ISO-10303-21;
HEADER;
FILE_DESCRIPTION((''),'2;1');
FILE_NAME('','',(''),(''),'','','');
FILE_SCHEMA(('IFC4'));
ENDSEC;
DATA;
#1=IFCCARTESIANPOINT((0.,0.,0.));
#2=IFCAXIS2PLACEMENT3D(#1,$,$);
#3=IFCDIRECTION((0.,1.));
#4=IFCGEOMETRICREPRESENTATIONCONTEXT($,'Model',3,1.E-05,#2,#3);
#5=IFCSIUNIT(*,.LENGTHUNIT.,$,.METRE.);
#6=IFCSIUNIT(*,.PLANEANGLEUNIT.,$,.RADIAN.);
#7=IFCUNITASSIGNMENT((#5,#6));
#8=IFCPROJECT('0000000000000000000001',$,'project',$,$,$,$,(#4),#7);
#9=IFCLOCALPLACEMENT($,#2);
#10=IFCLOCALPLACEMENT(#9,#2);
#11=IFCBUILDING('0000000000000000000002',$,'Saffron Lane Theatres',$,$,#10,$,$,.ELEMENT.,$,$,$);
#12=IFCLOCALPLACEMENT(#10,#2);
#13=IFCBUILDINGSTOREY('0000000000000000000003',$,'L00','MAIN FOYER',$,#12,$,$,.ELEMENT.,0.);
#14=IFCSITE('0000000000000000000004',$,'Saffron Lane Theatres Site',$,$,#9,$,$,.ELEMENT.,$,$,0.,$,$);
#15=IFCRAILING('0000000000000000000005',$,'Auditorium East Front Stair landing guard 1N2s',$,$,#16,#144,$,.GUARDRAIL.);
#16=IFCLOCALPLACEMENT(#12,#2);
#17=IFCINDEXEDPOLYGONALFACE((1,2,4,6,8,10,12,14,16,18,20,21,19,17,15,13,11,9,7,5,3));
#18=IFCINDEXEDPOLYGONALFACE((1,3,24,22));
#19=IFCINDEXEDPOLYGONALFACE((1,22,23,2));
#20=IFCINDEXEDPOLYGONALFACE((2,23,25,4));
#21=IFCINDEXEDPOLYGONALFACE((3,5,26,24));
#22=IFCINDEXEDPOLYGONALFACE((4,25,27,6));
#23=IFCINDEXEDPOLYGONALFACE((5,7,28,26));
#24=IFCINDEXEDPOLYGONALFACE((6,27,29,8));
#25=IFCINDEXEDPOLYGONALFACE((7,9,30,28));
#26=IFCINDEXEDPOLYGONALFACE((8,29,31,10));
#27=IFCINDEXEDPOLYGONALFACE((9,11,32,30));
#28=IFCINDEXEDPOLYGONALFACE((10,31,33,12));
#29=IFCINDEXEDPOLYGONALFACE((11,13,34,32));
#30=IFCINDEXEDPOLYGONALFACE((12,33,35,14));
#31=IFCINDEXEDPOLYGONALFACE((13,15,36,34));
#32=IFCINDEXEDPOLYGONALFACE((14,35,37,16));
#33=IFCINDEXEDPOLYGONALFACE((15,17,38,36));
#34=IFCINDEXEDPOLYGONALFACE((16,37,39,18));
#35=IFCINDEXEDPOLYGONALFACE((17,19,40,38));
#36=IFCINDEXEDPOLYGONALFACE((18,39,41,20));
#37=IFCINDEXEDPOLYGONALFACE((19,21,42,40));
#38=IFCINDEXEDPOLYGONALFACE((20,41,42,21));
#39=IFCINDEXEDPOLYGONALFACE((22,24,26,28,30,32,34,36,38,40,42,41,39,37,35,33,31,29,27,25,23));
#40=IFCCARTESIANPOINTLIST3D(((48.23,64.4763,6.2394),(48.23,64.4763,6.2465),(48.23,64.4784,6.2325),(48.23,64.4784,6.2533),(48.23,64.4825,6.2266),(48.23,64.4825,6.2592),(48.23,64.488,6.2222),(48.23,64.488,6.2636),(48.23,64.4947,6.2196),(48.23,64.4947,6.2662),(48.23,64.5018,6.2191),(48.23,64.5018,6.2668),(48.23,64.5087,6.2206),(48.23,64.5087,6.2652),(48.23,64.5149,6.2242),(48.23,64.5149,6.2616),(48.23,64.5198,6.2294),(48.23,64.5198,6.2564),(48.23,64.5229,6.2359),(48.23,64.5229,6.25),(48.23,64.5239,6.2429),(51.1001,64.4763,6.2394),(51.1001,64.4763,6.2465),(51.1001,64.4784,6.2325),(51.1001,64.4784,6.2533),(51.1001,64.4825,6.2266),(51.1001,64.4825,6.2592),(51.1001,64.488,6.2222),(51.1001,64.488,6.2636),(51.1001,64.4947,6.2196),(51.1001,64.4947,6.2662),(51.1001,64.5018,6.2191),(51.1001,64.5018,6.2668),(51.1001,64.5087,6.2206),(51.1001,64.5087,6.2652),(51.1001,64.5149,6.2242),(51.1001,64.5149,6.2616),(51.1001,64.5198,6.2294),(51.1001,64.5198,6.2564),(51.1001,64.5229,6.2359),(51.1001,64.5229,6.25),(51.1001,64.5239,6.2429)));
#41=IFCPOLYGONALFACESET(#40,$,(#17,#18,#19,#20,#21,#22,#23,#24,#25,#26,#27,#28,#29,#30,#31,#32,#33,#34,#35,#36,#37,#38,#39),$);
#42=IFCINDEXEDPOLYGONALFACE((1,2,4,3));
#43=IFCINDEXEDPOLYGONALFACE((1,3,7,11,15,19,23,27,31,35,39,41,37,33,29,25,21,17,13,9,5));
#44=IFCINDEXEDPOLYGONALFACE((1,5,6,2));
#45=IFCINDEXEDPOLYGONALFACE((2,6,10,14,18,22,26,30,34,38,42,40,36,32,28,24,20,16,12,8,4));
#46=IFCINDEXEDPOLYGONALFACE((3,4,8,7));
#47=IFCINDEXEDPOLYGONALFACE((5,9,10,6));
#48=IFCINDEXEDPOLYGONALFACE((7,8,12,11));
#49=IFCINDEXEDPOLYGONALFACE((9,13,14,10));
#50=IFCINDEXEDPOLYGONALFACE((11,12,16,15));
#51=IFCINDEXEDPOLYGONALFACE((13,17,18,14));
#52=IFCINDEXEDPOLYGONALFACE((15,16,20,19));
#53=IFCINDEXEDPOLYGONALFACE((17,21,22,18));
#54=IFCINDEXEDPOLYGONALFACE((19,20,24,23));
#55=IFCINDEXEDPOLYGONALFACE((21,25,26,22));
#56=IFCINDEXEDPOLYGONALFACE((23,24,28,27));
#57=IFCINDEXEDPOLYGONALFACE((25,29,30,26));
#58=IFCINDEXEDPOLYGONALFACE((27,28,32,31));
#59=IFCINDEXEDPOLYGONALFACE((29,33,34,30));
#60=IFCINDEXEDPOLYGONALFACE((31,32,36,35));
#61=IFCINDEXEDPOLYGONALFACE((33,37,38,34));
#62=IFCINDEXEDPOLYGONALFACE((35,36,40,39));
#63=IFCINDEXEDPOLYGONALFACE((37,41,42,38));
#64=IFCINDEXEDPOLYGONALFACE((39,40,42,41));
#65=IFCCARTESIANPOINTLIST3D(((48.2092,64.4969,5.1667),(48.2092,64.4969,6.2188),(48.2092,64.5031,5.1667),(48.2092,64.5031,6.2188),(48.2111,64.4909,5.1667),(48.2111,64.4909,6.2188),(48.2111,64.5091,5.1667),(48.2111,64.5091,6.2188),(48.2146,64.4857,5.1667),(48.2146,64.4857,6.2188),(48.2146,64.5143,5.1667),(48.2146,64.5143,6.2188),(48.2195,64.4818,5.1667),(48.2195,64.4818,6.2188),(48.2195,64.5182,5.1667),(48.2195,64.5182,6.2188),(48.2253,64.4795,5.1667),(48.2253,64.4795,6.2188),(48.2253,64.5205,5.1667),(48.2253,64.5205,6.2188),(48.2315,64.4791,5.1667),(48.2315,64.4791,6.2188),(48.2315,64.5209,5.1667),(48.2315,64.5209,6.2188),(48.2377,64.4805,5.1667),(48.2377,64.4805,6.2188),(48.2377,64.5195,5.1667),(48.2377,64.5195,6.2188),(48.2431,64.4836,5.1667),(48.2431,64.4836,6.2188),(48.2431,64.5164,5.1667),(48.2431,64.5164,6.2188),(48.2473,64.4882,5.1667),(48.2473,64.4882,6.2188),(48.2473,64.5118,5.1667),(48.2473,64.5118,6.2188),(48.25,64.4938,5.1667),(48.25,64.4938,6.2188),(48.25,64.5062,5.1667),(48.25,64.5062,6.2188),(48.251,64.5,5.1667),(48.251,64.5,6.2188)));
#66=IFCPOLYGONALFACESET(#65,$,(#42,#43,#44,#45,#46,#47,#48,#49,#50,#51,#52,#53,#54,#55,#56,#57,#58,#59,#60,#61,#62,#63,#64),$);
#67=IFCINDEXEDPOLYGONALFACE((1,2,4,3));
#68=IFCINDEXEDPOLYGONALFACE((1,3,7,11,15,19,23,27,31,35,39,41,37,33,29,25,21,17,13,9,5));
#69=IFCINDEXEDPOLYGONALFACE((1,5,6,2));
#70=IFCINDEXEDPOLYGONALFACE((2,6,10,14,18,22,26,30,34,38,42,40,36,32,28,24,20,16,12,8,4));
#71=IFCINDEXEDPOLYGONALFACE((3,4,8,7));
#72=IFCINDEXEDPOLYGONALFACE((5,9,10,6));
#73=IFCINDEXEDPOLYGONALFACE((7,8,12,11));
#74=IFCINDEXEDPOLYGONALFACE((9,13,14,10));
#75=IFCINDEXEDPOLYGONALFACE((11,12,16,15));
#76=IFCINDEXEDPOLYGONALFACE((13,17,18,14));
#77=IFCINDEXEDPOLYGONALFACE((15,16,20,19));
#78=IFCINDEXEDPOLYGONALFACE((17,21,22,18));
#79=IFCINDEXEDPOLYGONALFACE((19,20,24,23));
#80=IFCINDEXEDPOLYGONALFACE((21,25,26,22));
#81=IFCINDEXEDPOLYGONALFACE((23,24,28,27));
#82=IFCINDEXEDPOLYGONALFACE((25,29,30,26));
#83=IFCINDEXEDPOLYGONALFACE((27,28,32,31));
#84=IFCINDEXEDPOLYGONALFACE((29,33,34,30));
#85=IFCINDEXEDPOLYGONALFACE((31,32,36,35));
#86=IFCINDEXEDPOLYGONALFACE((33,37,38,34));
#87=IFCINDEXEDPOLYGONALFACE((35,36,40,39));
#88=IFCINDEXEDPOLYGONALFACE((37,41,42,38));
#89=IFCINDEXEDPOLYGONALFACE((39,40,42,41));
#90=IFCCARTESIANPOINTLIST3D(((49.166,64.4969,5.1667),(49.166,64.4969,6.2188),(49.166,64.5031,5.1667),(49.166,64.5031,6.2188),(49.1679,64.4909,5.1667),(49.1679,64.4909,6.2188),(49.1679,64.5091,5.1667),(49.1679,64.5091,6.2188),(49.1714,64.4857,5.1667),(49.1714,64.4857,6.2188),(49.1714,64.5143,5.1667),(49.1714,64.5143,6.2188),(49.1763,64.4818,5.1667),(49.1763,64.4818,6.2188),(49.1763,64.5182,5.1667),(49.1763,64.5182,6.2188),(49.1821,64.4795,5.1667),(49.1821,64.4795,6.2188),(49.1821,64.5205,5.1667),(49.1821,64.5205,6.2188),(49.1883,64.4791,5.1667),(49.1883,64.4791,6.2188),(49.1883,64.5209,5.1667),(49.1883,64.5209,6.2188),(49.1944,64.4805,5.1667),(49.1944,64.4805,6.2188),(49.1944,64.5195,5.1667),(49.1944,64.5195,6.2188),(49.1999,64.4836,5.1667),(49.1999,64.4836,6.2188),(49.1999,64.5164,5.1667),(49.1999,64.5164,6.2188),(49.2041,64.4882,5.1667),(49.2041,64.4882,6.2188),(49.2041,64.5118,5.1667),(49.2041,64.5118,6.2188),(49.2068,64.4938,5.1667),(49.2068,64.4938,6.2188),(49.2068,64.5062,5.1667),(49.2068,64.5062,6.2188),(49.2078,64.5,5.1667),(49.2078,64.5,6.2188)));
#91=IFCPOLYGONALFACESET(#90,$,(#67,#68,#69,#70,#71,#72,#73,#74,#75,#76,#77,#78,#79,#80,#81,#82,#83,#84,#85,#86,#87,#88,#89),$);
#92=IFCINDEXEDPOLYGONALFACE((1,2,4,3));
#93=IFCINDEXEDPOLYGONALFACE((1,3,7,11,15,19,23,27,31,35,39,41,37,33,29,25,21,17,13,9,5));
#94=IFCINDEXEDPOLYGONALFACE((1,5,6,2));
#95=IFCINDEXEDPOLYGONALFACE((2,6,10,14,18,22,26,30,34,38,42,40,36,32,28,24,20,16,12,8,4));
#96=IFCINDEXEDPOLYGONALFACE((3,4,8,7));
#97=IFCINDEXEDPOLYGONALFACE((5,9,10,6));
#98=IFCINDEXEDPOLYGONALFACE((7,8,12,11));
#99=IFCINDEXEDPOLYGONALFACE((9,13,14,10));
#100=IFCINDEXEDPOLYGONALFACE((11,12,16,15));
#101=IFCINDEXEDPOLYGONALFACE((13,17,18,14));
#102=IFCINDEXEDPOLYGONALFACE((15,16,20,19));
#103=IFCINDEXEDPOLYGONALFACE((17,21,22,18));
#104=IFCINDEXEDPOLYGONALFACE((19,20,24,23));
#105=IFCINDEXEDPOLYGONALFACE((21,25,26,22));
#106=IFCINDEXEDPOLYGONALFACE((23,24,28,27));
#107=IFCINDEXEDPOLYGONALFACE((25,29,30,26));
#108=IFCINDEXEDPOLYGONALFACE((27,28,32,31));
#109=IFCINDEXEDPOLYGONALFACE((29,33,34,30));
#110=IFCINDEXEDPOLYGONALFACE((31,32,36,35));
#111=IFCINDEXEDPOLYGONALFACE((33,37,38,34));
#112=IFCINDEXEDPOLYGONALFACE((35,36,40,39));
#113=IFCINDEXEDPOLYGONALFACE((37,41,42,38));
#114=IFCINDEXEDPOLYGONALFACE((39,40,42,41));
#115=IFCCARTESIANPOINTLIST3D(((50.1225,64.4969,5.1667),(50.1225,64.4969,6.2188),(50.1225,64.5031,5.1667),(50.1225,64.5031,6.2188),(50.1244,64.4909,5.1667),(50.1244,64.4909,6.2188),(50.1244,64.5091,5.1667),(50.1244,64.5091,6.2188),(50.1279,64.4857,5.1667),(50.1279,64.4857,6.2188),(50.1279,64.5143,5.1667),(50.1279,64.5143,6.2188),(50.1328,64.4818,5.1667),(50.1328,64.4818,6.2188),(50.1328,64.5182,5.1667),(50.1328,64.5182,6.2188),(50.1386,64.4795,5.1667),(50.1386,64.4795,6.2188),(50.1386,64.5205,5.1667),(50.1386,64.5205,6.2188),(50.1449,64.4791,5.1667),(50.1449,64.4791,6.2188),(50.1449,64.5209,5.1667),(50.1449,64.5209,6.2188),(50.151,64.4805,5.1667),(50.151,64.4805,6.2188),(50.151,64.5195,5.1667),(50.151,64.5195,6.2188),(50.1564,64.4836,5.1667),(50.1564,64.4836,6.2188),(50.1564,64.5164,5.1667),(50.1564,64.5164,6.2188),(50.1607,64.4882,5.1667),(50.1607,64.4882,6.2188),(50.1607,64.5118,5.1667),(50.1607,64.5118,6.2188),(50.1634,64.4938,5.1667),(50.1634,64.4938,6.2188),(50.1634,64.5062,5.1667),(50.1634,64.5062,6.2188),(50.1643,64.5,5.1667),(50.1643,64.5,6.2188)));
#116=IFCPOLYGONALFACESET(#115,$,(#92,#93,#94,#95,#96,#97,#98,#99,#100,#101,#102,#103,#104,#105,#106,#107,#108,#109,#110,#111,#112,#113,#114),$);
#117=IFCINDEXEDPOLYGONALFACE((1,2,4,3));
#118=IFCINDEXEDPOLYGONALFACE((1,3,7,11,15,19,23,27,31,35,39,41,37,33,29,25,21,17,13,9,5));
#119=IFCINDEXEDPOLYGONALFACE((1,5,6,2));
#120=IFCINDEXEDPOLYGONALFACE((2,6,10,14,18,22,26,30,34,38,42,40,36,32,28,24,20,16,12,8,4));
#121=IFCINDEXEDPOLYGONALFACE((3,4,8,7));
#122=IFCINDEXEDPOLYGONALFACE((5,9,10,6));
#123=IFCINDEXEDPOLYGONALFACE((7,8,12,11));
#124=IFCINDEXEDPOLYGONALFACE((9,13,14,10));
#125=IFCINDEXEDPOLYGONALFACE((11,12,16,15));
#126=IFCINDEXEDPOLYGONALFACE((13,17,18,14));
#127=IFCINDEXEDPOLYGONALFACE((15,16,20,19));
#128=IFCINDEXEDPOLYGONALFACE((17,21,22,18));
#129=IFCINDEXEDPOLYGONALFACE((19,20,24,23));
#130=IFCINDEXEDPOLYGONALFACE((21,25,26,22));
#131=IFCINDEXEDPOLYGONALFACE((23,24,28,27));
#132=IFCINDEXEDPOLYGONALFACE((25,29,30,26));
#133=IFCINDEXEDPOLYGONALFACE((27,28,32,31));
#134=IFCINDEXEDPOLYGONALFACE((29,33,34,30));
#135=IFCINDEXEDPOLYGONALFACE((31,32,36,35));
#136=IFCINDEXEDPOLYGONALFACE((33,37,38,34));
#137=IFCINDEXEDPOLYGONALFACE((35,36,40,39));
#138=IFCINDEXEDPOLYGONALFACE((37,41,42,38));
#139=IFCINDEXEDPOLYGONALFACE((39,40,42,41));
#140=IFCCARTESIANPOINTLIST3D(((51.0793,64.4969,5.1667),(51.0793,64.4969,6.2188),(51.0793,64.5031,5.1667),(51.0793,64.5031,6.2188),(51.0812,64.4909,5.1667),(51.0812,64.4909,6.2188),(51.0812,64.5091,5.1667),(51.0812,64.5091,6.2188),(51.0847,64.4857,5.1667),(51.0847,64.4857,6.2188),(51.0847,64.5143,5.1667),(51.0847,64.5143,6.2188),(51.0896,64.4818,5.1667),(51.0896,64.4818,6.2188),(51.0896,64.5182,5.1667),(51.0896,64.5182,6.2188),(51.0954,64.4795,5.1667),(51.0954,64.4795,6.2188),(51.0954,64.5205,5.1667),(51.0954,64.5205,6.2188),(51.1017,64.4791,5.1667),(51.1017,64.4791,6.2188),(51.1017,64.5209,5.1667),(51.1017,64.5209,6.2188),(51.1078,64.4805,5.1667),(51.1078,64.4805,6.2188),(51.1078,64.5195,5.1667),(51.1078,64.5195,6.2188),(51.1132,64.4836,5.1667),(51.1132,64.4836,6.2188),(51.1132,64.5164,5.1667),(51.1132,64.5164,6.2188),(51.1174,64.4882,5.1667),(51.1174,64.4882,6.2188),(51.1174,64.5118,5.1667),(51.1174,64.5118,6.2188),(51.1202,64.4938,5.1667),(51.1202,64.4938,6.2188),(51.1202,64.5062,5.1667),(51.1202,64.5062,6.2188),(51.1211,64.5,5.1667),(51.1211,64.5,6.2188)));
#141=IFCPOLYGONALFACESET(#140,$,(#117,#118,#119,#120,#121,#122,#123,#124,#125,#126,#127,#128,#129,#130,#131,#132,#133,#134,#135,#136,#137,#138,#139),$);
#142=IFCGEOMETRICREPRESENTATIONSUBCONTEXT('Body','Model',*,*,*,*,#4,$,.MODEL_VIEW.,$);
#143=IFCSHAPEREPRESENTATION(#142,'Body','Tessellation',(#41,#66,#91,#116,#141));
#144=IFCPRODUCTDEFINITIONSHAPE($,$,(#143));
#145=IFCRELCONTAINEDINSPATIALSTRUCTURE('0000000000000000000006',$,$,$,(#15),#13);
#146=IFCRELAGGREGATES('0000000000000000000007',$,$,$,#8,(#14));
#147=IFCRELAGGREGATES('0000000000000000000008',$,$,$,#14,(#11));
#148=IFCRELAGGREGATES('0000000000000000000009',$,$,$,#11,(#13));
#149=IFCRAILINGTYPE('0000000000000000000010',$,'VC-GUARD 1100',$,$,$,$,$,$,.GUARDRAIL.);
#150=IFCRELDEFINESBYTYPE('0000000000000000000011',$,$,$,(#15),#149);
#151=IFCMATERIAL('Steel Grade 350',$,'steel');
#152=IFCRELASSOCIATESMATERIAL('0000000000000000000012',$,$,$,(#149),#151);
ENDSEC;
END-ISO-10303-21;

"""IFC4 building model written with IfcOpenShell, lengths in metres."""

from ifc_helpers import new_model, si_unit, direction, frame, origin, origin_2d, place, context, subcontext, project, spatial, circle, extrude, material, type_object, element, save


model = new_model("IFC4")

# Units and contexts
model_context = context("Model", 3, precision=1e-05, world=origin(), true_north=direction((0.0, 1.0)))
body_context = subcontext(model_context, "Body", "Model", "MODEL_VIEW")
ifc_project = project(units=[si_unit("LENGTHUNIT", "METRE"), si_unit("PLANEANGLEUNIT", "RADIAN")], contexts=[model_context])

# Site, building, storey
site_placement = place(None, origin())
site = spatial("IfcSite", under=ifc_project, at=site_placement, Name="Saffron Lane Theatres Site", CompositionType="ELEMENT", RefElevation=0.0)
building_placement = place(site_placement, origin())
building = spatial("IfcBuilding", under=site, at=building_placement, Name="Saffron Lane Theatres", CompositionType="ELEMENT")
storey_placement = place(building_placement, origin())
storey = spatial("IfcBuildingStorey", under=building, at=storey_placement, Name="L00", Description="MAIN FOYER", CompositionType="ELEMENT", Elevation=0.0)

# Railing
ifc_material_1 = material(Name="Steel Grade 350", Category="steel")
railing_type_1 = type_object("IfcRailingType", Name="VC-GUARD 1100", PredefinedType="GUARDRAIL", material=ifc_material_1)
railing_1_placement = place(storey_placement, frame((48.23, 64.5, 5.1667)))
element("IfcRailing", 1, at=railing_1_placement, inside=storey, type_object=railing_type_1, Name="Auditorium East Front Stair landing guard 1N2s", PredefinedType="GUARDRAIL", context=body_context, shape_type="SweptSolid", body=[
    extrude(circle(Radius=0.0239, at=origin_2d()), frame((0.0, 0.0, 1.0762), z_axis=(1.0, 0.0, 0.0), x_axis=(0.0, 1.0, 0.0)), (0.0, 0.0, 1.0), 2.8701),
    extrude(circle(Radius=0.021, at=origin_2d()), origin(), (0.0, 0.0, 1.0), 1.052),
    extrude(circle(Radius=0.021, at=origin_2d()), frame((0.9568, 0.0, 0.0)), (0.0, 0.0, 1.0), 1.052),
    extrude(circle(Radius=0.021, at=origin_2d()), frame((1.9133, 0.0, 0.0)), (0.0, 0.0, 1.0), 1.052),
    extrude(circle(Radius=0.021, at=origin_2d()), frame((2.8701, 0.0, 0.0)), (0.0, 0.0, 1.0), 1.052),
])

save(model, "model.ifc")
